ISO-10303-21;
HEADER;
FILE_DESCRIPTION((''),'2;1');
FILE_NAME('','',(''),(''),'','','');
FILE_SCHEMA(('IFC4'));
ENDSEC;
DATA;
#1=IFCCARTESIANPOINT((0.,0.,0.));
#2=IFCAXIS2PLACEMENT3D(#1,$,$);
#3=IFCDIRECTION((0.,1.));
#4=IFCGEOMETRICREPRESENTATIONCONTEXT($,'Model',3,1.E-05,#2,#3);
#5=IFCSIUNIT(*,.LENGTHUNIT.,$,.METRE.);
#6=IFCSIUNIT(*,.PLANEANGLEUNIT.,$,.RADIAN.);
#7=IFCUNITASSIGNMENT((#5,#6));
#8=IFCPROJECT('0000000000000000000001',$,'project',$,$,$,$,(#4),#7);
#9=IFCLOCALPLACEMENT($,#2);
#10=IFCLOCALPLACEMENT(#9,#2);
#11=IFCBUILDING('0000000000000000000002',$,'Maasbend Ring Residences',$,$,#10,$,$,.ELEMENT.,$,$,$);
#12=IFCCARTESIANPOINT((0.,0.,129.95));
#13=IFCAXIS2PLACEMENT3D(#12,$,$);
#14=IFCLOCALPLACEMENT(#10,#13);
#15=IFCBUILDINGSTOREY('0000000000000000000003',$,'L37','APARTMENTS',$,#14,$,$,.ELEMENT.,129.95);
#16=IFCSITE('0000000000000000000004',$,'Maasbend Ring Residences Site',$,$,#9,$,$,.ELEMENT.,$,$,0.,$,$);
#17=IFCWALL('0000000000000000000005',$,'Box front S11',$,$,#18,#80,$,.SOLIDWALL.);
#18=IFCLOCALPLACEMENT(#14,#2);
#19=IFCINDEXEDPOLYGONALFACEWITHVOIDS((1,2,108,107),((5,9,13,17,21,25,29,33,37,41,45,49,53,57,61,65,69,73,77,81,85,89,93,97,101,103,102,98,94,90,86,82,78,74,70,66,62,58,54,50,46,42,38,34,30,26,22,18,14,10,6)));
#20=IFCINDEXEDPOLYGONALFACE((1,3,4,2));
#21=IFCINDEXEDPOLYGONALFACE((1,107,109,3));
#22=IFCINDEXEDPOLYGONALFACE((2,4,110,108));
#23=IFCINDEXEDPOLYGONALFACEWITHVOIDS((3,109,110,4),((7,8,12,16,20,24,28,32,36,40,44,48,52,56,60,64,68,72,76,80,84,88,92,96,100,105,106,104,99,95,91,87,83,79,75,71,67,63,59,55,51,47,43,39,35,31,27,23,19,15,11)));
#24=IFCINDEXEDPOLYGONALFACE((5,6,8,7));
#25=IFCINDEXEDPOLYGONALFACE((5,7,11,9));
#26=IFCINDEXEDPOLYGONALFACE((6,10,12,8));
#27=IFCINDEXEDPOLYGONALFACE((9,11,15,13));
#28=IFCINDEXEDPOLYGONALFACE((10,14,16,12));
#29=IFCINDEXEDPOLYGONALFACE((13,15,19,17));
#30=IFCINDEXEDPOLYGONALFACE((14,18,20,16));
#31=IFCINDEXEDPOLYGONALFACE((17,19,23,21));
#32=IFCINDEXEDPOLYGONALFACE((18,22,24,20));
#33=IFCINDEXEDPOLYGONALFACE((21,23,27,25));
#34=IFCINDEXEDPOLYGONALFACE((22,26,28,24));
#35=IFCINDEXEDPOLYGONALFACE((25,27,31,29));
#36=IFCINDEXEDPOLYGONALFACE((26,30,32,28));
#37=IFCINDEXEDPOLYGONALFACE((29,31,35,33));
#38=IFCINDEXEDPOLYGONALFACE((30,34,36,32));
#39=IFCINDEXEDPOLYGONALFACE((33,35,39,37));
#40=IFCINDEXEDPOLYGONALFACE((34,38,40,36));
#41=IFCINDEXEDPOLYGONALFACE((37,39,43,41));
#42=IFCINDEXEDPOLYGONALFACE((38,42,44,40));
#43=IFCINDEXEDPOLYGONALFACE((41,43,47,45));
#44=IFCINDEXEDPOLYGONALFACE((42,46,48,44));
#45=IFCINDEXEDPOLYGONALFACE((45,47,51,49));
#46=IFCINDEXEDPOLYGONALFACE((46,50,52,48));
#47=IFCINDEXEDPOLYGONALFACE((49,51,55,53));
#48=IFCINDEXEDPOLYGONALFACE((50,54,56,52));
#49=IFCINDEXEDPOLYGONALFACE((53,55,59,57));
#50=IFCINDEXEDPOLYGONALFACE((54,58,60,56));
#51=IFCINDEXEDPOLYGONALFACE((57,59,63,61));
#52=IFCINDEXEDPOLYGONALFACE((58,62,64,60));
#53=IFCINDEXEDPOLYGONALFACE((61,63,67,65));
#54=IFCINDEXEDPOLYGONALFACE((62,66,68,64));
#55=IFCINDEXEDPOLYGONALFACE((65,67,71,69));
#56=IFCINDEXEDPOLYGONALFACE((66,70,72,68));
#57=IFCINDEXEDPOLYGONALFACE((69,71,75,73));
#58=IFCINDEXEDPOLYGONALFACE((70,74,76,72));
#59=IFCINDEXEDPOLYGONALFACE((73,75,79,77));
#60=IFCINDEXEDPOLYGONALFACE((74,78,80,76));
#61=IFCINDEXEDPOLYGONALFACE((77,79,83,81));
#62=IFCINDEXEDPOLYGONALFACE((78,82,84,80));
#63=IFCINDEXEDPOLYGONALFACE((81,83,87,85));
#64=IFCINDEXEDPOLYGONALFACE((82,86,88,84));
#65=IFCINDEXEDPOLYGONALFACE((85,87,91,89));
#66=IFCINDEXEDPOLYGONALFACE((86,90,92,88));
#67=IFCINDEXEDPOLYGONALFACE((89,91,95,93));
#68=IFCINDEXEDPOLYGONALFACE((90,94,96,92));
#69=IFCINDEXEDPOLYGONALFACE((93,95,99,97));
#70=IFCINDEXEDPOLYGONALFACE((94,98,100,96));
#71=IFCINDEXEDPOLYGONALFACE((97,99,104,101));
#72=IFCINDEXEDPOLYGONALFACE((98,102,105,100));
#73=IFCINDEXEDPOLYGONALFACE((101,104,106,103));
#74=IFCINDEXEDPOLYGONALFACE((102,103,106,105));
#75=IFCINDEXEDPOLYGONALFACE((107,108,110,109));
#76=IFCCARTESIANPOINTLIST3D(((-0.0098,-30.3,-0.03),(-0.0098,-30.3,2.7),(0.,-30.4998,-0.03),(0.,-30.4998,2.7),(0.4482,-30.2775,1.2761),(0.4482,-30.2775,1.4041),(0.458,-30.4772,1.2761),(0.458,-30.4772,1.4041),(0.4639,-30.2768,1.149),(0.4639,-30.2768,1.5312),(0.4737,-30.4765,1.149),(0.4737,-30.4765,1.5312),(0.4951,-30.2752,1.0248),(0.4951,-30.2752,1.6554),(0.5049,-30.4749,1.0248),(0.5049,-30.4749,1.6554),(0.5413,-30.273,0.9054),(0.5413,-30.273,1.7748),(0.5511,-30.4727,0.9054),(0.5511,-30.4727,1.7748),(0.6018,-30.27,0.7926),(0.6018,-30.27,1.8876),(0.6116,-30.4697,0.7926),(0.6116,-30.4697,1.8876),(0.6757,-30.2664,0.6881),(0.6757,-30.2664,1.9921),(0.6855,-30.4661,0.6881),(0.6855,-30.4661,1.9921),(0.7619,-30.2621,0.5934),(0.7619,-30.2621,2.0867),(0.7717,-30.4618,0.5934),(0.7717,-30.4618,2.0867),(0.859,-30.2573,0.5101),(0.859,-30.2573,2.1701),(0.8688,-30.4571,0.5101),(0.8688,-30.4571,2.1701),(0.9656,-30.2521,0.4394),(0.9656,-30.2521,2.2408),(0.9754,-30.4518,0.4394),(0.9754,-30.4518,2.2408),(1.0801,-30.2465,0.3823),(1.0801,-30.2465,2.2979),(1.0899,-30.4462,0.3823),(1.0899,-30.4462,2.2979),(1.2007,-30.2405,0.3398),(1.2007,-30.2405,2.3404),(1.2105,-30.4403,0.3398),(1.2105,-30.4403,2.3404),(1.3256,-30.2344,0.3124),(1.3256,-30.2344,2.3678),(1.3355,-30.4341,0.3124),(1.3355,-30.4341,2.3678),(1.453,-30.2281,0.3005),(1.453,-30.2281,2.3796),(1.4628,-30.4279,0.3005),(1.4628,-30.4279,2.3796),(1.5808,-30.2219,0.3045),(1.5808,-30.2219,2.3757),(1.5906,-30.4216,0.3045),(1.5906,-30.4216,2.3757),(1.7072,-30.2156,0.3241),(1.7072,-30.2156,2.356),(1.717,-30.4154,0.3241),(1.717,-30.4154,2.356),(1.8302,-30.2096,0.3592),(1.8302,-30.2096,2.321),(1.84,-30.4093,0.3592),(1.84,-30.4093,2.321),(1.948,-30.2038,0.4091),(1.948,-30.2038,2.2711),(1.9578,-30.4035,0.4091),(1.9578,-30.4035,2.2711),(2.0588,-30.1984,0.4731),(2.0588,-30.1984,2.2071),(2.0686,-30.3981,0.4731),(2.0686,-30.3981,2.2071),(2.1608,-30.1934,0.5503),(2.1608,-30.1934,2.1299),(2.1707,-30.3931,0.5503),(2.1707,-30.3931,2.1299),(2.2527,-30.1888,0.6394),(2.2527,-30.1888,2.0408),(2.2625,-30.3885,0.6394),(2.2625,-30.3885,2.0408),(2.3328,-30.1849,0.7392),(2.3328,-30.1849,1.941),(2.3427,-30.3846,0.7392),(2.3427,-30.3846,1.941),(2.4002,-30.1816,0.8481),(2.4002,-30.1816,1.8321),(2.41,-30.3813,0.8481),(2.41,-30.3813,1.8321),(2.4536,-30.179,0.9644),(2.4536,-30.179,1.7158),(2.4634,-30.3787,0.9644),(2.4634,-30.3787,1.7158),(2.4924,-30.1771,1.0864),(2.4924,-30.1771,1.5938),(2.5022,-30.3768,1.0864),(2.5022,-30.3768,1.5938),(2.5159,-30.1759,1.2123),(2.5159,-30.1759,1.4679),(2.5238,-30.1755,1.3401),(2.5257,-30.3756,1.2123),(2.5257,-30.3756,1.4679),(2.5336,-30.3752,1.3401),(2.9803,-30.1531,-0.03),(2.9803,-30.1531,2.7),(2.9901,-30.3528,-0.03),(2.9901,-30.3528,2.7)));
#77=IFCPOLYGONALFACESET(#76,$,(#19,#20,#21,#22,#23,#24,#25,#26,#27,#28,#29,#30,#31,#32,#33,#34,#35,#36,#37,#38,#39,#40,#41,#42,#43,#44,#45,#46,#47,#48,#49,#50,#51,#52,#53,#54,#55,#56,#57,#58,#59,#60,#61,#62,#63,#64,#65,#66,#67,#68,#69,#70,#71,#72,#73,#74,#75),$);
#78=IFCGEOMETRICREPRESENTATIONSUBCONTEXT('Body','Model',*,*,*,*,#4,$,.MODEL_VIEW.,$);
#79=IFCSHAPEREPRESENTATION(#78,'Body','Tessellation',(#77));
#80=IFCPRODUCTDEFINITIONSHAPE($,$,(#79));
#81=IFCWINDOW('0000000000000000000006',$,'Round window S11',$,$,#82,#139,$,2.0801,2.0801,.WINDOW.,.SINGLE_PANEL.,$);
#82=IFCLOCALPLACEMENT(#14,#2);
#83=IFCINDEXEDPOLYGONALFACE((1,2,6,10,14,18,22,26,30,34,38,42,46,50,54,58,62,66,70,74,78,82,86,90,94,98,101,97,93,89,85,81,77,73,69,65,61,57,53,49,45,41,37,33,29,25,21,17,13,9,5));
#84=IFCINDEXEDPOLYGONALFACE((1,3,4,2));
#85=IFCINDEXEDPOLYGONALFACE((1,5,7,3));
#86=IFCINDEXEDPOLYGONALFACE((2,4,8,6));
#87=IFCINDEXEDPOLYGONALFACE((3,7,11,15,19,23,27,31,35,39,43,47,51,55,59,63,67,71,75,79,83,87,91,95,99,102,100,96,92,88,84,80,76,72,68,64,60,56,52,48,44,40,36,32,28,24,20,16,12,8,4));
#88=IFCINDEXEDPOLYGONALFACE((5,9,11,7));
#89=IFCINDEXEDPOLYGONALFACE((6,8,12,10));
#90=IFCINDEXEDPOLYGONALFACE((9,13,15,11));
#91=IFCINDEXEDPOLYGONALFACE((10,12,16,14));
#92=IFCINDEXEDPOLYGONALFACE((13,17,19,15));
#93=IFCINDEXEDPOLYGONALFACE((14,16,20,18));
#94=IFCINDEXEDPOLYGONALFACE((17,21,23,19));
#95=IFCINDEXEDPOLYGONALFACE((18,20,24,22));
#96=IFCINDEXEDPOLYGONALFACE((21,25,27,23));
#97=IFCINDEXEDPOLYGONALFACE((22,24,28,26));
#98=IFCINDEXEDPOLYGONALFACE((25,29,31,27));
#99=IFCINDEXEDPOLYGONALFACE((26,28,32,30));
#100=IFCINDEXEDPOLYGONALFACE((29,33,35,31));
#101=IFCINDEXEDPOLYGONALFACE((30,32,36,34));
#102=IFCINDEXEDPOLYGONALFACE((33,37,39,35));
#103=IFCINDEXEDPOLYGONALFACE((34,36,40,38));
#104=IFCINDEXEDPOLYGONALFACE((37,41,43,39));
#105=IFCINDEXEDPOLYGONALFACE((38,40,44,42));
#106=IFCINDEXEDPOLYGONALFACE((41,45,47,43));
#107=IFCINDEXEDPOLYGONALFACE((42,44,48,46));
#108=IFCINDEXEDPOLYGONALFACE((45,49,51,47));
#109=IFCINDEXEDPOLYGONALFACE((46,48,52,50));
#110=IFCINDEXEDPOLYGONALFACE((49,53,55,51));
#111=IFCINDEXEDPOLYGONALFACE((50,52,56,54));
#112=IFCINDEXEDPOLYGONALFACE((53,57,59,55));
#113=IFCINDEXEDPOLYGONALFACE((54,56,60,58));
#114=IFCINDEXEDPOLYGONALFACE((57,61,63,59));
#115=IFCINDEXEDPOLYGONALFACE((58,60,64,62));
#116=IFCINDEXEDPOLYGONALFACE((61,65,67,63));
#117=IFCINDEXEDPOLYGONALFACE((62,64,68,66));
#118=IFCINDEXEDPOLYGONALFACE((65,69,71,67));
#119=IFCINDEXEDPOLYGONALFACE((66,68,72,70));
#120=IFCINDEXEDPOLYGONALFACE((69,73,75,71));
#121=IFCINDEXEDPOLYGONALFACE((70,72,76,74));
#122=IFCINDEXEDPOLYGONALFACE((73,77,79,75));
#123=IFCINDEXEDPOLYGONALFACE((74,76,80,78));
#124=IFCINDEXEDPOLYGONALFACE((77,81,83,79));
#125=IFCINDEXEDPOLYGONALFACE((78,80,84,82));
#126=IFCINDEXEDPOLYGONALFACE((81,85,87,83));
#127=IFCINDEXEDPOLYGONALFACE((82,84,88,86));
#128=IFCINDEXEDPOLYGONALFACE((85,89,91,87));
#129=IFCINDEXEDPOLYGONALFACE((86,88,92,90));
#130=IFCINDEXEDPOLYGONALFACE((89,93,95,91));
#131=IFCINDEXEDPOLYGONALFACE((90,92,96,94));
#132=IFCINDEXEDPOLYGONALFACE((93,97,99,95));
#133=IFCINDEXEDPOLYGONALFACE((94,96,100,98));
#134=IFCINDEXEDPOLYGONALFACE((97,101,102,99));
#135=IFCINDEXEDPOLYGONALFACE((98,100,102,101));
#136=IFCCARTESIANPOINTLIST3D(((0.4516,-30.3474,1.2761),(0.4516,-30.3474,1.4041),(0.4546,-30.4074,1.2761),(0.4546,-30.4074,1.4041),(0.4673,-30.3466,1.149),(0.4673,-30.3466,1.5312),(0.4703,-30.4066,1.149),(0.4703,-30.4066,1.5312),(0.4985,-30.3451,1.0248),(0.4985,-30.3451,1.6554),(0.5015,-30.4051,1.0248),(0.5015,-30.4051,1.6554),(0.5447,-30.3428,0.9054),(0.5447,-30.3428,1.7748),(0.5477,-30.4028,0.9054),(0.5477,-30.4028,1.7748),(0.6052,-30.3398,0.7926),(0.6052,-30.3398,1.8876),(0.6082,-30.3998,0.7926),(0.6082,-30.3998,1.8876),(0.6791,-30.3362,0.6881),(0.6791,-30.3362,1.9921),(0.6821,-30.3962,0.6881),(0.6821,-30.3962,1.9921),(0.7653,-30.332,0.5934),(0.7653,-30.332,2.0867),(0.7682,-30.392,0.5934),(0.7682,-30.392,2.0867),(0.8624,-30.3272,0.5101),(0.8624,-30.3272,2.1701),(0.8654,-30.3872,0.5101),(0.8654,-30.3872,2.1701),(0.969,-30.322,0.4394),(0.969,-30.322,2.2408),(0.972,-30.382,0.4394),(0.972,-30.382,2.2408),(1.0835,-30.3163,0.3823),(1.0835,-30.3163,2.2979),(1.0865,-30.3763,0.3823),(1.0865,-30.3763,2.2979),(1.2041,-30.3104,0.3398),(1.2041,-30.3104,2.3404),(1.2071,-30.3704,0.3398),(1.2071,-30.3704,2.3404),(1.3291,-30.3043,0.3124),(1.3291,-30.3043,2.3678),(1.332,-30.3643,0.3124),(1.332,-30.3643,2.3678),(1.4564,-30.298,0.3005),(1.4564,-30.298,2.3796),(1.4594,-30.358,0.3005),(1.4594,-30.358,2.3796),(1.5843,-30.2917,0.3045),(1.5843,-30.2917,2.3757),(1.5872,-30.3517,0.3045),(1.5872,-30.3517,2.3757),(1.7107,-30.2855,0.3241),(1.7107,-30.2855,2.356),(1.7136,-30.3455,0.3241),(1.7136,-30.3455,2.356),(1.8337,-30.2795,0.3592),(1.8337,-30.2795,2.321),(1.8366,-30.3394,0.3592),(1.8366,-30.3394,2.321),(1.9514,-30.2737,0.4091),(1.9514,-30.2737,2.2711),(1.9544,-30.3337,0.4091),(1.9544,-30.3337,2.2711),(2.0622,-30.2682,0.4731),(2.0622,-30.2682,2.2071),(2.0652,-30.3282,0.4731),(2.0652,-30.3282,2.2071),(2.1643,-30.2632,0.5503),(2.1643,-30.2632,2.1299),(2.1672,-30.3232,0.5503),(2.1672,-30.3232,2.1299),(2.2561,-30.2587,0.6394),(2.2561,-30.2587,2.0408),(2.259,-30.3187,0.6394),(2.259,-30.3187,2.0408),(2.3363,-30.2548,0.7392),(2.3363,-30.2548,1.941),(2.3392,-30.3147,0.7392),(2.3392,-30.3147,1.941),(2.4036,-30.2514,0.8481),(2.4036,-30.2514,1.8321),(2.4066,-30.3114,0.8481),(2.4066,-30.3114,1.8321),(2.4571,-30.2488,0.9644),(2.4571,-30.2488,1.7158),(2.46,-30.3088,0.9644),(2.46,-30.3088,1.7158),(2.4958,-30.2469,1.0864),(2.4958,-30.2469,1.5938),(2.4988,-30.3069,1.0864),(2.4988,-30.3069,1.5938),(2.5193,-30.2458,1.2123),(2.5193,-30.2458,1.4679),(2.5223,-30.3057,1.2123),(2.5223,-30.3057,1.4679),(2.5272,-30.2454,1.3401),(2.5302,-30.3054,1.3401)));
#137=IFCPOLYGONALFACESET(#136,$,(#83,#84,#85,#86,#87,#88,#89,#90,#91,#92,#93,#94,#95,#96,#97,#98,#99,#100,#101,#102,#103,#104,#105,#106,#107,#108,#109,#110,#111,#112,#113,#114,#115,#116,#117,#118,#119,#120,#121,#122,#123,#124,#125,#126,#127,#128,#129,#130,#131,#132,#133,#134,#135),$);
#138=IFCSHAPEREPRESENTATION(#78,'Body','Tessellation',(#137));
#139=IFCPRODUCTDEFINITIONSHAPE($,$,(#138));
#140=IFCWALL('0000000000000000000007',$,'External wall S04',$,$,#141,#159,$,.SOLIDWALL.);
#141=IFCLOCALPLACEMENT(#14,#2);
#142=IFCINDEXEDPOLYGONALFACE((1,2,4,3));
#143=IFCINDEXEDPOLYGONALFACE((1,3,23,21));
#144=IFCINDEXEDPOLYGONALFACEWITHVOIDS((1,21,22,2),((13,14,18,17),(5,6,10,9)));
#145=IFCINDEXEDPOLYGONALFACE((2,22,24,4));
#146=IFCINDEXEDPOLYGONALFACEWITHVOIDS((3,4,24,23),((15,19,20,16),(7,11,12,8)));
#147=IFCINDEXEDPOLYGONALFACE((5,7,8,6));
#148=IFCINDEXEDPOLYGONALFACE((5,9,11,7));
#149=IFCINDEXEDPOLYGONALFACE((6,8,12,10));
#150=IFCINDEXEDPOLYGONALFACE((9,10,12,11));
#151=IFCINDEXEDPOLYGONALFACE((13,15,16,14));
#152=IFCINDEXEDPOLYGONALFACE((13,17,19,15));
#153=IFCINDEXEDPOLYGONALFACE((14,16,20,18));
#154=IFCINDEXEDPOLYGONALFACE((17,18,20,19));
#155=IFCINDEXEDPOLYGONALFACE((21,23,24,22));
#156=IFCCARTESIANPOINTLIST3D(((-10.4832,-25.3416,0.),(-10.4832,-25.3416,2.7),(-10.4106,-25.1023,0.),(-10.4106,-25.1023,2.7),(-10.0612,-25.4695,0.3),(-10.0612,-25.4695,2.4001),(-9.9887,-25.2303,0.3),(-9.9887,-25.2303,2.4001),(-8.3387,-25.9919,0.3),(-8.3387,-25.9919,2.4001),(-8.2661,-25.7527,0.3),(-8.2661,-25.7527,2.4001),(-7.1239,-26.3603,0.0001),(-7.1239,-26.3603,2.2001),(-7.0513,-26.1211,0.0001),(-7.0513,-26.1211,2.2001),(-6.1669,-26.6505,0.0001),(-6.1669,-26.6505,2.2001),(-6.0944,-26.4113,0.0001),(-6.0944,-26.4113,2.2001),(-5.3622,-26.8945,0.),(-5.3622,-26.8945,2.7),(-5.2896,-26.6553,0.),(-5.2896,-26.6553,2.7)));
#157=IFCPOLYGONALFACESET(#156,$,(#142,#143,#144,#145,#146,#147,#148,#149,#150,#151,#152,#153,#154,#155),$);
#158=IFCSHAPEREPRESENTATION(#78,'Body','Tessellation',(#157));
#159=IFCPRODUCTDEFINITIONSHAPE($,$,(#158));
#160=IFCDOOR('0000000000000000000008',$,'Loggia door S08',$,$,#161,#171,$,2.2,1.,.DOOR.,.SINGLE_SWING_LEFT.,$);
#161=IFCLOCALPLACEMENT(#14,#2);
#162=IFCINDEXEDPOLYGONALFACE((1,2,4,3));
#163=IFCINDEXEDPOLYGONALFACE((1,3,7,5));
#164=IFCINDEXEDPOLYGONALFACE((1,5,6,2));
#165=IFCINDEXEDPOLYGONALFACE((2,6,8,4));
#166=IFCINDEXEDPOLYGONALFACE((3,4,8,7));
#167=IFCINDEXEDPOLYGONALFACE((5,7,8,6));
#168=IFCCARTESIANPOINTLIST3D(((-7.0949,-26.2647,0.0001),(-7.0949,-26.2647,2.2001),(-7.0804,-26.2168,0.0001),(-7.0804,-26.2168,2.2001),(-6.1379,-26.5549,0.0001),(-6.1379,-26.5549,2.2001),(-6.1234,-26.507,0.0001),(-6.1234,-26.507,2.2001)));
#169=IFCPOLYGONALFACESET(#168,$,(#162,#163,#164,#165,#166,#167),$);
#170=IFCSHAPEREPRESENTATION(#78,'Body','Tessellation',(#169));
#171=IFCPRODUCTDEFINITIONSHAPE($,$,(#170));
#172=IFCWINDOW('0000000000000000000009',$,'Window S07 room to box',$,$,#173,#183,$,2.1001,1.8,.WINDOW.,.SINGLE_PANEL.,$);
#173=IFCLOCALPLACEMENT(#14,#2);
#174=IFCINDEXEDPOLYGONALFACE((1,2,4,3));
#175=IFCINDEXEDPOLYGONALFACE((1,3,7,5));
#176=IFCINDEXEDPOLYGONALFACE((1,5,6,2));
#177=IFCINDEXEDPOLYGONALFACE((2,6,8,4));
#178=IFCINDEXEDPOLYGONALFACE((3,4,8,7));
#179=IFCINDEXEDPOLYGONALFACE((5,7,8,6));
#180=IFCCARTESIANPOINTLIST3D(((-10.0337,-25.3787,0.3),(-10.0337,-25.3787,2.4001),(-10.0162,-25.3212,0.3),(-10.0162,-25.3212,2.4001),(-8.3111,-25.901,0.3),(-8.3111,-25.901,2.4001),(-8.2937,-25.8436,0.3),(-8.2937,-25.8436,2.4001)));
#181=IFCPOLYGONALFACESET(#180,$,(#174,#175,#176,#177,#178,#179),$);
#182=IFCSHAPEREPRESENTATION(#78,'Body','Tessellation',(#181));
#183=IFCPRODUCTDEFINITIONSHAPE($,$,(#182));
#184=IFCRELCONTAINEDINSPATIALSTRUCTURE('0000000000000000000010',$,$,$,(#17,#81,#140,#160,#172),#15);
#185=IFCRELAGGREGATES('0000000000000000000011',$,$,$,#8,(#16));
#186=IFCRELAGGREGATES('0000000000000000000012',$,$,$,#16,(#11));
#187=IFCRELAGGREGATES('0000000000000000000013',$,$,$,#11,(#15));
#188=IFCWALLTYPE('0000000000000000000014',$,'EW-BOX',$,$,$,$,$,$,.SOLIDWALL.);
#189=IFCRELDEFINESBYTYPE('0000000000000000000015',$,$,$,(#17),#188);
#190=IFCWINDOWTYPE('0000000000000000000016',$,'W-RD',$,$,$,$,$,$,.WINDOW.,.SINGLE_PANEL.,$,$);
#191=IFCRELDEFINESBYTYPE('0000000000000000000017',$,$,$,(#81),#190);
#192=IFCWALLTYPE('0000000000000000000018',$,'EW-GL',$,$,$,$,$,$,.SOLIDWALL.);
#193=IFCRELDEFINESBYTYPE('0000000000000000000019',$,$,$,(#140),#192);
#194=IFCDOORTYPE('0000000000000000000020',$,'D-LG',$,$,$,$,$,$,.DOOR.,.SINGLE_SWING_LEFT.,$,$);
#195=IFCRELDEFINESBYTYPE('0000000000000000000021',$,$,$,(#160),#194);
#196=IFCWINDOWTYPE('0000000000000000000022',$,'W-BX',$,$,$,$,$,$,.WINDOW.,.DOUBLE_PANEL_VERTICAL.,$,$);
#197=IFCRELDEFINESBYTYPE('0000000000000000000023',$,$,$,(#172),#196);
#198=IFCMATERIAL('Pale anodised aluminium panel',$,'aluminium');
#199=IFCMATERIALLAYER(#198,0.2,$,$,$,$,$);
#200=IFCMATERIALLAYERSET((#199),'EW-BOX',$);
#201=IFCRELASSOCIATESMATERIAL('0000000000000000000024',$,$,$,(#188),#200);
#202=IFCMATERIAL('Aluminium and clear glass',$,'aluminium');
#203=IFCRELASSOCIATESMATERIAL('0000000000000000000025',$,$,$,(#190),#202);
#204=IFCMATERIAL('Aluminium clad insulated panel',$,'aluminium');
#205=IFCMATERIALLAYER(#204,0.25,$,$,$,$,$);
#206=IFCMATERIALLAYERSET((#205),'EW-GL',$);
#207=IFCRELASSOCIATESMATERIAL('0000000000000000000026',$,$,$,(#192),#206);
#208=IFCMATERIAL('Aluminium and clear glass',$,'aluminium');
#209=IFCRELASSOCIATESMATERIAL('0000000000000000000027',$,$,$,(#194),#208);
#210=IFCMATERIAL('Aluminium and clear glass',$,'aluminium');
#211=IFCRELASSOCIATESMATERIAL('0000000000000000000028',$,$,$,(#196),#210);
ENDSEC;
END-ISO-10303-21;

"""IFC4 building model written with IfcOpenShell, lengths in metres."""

from ifc_helpers import new_model, si_unit, direction, frame, frame_2d, origin, place, context, subcontext, project, spatial, rectangle, circle, extrude, material, layer, layer_set, type_object, element, fill, save


model = new_model("IFC4")

# Units and contexts
model_context = context("Model", 3, precision=1e-05, world=origin(), true_north=direction((0.0, 1.0)))
body_context = subcontext(model_context, "Body", "Model", "MODEL_VIEW")
ifc_project = project(units=[si_unit("LENGTHUNIT", "METRE"), si_unit("PLANEANGLEUNIT", "RADIAN")], contexts=[model_context])

# Site, building, storey
site_placement = place(None, origin())
site = spatial("IfcSite", under=ifc_project, at=site_placement, Name="Maasbend Ring Residences Site", CompositionType="ELEMENT", RefElevation=0.0)
building_placement = place(site_placement, origin())
building = spatial("IfcBuilding", under=site, at=building_placement, Name="Maasbend Ring Residences", CompositionType="ELEMENT")
storey_placement = place(building_placement, frame((0.0, 0.0, 129.95)))
storey = spatial("IfcBuildingStorey", under=building, at=storey_placement, Name="L37", Description="APARTMENTS", CompositionType="ELEMENT", Elevation=129.95)

# Shared definitions
ifc_material_1 = material(Name="Pale anodised aluminium panel", Category="aluminium")
ifc_layer_1 = layer(ifc_material_1, 0.2)
ifc_layer_set_1 = layer_set([ifc_layer_1], Name="EW-BOX")
wall_type_1 = type_object("IfcWallType", Name="EW-BOX", PredefinedType="SOLIDWALL", material=ifc_layer_set_1)

# Shared definitions
ifc_material_2 = material(Name="Aluminium and clear glass", Category="aluminium")
window_type_1 = type_object("IfcWindowType", Name="W-RD", PartitioningType="SINGLE_PANEL", PredefinedType="WINDOW", material=ifc_material_2)

# Wall, opening, window
wall_1_placement = place(storey_placement, frame((-0.0049, -30.3999, -0.03), z_axis=(0.0, 0.0, 1.0), x_axis=(0.998794, 0.049096, 0.0)))
wall_1 = element("IfcWall", 1, at=wall_1_placement, inside=storey, type_object=wall_type_1, Name="Box front S11", PredefinedType="SOLIDWALL", context=body_context, shape_type="SweptSolid", body=[
    extrude(rectangle(XDim=2.9937, YDim=0.2, at=frame_2d((1.4968, 0.0))), origin(), (0.0, 0.0, 1.0), 2.73),
])
opening_1_placement = place(wall_1_placement, frame((0.4565, 0.0, 0.3301)))
opening_1 = element("IfcOpeningElement", 2, at=opening_1_placement, cuts=wall_1, PredefinedType="OPENING", context=body_context, shape_type="SweptSolid", body=[
    extrude(circle(Radius=1.04, at=frame_2d((1.04, 1.04))), frame((0.0, 0.1099, 0.0), z_axis=(0.0, -1.0, 0.0), x_axis=(1.0, 0.0, 0.0)), (0.0, 0.0, 1.0), 0.22),
])
window_1_placement = place(opening_1_placement, origin())
window_1 = element("IfcWindow", 3, at=window_1_placement, inside=storey, type_object=window_type_1, Name="Round window S11", OverallHeight=2.0801, OverallWidth=2.0801, PartitioningType="SINGLE_PANEL", PredefinedType="WINDOW", context=body_context, shape_type="SweptSolid", body=[
    extrude(circle(Radius=1.04, at=frame_2d((1.04, 1.04))), frame((0.0, 0.03, 0.0), z_axis=(0.0, -1.0, 0.0), x_axis=(1.0, 0.0, 0.0)), (0.0, 0.0, 1.0), 0.0601),
])
fill(opening_1, window_1)

# Wall, openings, door, window
ifc_material_3 = material(Name="Aluminium clad insulated panel", Category="aluminium")
ifc_layer_2 = layer(ifc_material_3, 0.25)
ifc_layer_set_2 = layer_set([ifc_layer_2], Name="EW-GL")
wall_type_2 = type_object("IfcWallType", Name="EW-GL", PredefinedType="SOLIDWALL", material=ifc_layer_set_2)
wall_2_placement = place(storey_placement, frame((-10.447, -25.2219, 0.0), z_axis=(0.0, 0.0, 1.0), x_axis=(0.956966, -0.290201, 0.0)))
wall_2 = element("IfcWall", 4, at=wall_2_placement, inside=storey, type_object=wall_type_2, Name="External wall S04", PredefinedType="SOLIDWALL", context=body_context, shape_type="SweptSolid", body=[
    extrude(rectangle(XDim=5.3513, YDim=0.25, at=frame_2d((2.6758, 0.0))), origin(), (0.0, 0.0, 1.0), 2.7),
])
opening_2_placement = place(wall_2_placement, frame((0.4412, 0.0, 0.3)))
opening_2 = element("IfcOpeningElement", 5, at=opening_2_placement, cuts=wall_2, PredefinedType="OPENING", context=body_context, shape_type="SweptSolid", body=[
    extrude(rectangle(XDim=1.8, YDim=2.1001, at=frame_2d((0.8999, 1.05))), frame((0.0, 0.135, 0.0), z_axis=(0.0, -1.0, 0.0), x_axis=(1.0, 0.0, 0.0)), (0.0, 0.0, 1.0), 0.27),
])
opening_3_placement = place(wall_2_placement, frame((3.5105, 0.0, 0.0)))
opening_3 = element("IfcOpeningElement", 6, at=opening_3_placement, cuts=wall_2, PredefinedType="OPENING", context=body_context, shape_type="SweptSolid", body=[
    extrude(rectangle(XDim=1.0, YDim=2.2, at=frame_2d((0.5, 1.1001))), frame((0.0, 0.135, 0.0), z_axis=(0.0, -1.0, 0.0), x_axis=(1.0, 0.0, 0.0)), (0.0, 0.0, 1.0), 0.27),
])
ifc_material_4 = material(Name="Aluminium and clear glass", Category="aluminium")
door_type_1 = type_object("IfcDoorType", Name="D-LG", OperationType="SINGLE_SWING_LEFT", PredefinedType="DOOR", material=ifc_material_4)
door_1_placement = place(opening_3_placement, origin())
door_1 = element("IfcDoor", 7, at=door_1_placement, inside=storey, type_object=door_type_1, Name="Loggia door S08", OperationType="SINGLE_SWING_LEFT", OverallHeight=2.2, OverallWidth=1.0, PredefinedType="DOOR", context=body_context, shape_type="SweptSolid", body=[
    extrude(rectangle(XDim=1.0, YDim=2.2, at=frame_2d((0.5, 1.1001))), frame((0.0, 0.0249, 0.0), z_axis=(0.0, -1.0, 0.0), x_axis=(1.0, 0.0, 0.0)), (0.0, 0.0, 1.0), 0.05),
])
fill(opening_3, door_1)
ifc_material_5 = material(Name="Aluminium and clear glass", Category="aluminium")
window_type_2 = type_object("IfcWindowType", Name="W-BX", PartitioningType="DOUBLE_PANEL_VERTICAL", PredefinedType="WINDOW", material=ifc_material_5)
window_2_placement = place(opening_2_placement, origin())
window_2 = element("IfcWindow", 8, at=window_2_placement, inside=storey, type_object=window_type_2, Name="Window S07 room to box", OverallHeight=2.1001, OverallWidth=1.8, PartitioningType="SINGLE_PANEL", PredefinedType="WINDOW", context=body_context, shape_type="SweptSolid", body=[
    extrude(rectangle(XDim=1.8, YDim=2.1001, at=frame_2d((0.8999, 1.05))), frame((0.0, 0.03, 0.0), z_axis=(0.0, -1.0, 0.0), x_axis=(1.0, 0.0, 0.0)), (0.0, 0.0, 1.0), 0.0601),
])
fill(opening_2, window_2)

save(model, "model.ifc")
